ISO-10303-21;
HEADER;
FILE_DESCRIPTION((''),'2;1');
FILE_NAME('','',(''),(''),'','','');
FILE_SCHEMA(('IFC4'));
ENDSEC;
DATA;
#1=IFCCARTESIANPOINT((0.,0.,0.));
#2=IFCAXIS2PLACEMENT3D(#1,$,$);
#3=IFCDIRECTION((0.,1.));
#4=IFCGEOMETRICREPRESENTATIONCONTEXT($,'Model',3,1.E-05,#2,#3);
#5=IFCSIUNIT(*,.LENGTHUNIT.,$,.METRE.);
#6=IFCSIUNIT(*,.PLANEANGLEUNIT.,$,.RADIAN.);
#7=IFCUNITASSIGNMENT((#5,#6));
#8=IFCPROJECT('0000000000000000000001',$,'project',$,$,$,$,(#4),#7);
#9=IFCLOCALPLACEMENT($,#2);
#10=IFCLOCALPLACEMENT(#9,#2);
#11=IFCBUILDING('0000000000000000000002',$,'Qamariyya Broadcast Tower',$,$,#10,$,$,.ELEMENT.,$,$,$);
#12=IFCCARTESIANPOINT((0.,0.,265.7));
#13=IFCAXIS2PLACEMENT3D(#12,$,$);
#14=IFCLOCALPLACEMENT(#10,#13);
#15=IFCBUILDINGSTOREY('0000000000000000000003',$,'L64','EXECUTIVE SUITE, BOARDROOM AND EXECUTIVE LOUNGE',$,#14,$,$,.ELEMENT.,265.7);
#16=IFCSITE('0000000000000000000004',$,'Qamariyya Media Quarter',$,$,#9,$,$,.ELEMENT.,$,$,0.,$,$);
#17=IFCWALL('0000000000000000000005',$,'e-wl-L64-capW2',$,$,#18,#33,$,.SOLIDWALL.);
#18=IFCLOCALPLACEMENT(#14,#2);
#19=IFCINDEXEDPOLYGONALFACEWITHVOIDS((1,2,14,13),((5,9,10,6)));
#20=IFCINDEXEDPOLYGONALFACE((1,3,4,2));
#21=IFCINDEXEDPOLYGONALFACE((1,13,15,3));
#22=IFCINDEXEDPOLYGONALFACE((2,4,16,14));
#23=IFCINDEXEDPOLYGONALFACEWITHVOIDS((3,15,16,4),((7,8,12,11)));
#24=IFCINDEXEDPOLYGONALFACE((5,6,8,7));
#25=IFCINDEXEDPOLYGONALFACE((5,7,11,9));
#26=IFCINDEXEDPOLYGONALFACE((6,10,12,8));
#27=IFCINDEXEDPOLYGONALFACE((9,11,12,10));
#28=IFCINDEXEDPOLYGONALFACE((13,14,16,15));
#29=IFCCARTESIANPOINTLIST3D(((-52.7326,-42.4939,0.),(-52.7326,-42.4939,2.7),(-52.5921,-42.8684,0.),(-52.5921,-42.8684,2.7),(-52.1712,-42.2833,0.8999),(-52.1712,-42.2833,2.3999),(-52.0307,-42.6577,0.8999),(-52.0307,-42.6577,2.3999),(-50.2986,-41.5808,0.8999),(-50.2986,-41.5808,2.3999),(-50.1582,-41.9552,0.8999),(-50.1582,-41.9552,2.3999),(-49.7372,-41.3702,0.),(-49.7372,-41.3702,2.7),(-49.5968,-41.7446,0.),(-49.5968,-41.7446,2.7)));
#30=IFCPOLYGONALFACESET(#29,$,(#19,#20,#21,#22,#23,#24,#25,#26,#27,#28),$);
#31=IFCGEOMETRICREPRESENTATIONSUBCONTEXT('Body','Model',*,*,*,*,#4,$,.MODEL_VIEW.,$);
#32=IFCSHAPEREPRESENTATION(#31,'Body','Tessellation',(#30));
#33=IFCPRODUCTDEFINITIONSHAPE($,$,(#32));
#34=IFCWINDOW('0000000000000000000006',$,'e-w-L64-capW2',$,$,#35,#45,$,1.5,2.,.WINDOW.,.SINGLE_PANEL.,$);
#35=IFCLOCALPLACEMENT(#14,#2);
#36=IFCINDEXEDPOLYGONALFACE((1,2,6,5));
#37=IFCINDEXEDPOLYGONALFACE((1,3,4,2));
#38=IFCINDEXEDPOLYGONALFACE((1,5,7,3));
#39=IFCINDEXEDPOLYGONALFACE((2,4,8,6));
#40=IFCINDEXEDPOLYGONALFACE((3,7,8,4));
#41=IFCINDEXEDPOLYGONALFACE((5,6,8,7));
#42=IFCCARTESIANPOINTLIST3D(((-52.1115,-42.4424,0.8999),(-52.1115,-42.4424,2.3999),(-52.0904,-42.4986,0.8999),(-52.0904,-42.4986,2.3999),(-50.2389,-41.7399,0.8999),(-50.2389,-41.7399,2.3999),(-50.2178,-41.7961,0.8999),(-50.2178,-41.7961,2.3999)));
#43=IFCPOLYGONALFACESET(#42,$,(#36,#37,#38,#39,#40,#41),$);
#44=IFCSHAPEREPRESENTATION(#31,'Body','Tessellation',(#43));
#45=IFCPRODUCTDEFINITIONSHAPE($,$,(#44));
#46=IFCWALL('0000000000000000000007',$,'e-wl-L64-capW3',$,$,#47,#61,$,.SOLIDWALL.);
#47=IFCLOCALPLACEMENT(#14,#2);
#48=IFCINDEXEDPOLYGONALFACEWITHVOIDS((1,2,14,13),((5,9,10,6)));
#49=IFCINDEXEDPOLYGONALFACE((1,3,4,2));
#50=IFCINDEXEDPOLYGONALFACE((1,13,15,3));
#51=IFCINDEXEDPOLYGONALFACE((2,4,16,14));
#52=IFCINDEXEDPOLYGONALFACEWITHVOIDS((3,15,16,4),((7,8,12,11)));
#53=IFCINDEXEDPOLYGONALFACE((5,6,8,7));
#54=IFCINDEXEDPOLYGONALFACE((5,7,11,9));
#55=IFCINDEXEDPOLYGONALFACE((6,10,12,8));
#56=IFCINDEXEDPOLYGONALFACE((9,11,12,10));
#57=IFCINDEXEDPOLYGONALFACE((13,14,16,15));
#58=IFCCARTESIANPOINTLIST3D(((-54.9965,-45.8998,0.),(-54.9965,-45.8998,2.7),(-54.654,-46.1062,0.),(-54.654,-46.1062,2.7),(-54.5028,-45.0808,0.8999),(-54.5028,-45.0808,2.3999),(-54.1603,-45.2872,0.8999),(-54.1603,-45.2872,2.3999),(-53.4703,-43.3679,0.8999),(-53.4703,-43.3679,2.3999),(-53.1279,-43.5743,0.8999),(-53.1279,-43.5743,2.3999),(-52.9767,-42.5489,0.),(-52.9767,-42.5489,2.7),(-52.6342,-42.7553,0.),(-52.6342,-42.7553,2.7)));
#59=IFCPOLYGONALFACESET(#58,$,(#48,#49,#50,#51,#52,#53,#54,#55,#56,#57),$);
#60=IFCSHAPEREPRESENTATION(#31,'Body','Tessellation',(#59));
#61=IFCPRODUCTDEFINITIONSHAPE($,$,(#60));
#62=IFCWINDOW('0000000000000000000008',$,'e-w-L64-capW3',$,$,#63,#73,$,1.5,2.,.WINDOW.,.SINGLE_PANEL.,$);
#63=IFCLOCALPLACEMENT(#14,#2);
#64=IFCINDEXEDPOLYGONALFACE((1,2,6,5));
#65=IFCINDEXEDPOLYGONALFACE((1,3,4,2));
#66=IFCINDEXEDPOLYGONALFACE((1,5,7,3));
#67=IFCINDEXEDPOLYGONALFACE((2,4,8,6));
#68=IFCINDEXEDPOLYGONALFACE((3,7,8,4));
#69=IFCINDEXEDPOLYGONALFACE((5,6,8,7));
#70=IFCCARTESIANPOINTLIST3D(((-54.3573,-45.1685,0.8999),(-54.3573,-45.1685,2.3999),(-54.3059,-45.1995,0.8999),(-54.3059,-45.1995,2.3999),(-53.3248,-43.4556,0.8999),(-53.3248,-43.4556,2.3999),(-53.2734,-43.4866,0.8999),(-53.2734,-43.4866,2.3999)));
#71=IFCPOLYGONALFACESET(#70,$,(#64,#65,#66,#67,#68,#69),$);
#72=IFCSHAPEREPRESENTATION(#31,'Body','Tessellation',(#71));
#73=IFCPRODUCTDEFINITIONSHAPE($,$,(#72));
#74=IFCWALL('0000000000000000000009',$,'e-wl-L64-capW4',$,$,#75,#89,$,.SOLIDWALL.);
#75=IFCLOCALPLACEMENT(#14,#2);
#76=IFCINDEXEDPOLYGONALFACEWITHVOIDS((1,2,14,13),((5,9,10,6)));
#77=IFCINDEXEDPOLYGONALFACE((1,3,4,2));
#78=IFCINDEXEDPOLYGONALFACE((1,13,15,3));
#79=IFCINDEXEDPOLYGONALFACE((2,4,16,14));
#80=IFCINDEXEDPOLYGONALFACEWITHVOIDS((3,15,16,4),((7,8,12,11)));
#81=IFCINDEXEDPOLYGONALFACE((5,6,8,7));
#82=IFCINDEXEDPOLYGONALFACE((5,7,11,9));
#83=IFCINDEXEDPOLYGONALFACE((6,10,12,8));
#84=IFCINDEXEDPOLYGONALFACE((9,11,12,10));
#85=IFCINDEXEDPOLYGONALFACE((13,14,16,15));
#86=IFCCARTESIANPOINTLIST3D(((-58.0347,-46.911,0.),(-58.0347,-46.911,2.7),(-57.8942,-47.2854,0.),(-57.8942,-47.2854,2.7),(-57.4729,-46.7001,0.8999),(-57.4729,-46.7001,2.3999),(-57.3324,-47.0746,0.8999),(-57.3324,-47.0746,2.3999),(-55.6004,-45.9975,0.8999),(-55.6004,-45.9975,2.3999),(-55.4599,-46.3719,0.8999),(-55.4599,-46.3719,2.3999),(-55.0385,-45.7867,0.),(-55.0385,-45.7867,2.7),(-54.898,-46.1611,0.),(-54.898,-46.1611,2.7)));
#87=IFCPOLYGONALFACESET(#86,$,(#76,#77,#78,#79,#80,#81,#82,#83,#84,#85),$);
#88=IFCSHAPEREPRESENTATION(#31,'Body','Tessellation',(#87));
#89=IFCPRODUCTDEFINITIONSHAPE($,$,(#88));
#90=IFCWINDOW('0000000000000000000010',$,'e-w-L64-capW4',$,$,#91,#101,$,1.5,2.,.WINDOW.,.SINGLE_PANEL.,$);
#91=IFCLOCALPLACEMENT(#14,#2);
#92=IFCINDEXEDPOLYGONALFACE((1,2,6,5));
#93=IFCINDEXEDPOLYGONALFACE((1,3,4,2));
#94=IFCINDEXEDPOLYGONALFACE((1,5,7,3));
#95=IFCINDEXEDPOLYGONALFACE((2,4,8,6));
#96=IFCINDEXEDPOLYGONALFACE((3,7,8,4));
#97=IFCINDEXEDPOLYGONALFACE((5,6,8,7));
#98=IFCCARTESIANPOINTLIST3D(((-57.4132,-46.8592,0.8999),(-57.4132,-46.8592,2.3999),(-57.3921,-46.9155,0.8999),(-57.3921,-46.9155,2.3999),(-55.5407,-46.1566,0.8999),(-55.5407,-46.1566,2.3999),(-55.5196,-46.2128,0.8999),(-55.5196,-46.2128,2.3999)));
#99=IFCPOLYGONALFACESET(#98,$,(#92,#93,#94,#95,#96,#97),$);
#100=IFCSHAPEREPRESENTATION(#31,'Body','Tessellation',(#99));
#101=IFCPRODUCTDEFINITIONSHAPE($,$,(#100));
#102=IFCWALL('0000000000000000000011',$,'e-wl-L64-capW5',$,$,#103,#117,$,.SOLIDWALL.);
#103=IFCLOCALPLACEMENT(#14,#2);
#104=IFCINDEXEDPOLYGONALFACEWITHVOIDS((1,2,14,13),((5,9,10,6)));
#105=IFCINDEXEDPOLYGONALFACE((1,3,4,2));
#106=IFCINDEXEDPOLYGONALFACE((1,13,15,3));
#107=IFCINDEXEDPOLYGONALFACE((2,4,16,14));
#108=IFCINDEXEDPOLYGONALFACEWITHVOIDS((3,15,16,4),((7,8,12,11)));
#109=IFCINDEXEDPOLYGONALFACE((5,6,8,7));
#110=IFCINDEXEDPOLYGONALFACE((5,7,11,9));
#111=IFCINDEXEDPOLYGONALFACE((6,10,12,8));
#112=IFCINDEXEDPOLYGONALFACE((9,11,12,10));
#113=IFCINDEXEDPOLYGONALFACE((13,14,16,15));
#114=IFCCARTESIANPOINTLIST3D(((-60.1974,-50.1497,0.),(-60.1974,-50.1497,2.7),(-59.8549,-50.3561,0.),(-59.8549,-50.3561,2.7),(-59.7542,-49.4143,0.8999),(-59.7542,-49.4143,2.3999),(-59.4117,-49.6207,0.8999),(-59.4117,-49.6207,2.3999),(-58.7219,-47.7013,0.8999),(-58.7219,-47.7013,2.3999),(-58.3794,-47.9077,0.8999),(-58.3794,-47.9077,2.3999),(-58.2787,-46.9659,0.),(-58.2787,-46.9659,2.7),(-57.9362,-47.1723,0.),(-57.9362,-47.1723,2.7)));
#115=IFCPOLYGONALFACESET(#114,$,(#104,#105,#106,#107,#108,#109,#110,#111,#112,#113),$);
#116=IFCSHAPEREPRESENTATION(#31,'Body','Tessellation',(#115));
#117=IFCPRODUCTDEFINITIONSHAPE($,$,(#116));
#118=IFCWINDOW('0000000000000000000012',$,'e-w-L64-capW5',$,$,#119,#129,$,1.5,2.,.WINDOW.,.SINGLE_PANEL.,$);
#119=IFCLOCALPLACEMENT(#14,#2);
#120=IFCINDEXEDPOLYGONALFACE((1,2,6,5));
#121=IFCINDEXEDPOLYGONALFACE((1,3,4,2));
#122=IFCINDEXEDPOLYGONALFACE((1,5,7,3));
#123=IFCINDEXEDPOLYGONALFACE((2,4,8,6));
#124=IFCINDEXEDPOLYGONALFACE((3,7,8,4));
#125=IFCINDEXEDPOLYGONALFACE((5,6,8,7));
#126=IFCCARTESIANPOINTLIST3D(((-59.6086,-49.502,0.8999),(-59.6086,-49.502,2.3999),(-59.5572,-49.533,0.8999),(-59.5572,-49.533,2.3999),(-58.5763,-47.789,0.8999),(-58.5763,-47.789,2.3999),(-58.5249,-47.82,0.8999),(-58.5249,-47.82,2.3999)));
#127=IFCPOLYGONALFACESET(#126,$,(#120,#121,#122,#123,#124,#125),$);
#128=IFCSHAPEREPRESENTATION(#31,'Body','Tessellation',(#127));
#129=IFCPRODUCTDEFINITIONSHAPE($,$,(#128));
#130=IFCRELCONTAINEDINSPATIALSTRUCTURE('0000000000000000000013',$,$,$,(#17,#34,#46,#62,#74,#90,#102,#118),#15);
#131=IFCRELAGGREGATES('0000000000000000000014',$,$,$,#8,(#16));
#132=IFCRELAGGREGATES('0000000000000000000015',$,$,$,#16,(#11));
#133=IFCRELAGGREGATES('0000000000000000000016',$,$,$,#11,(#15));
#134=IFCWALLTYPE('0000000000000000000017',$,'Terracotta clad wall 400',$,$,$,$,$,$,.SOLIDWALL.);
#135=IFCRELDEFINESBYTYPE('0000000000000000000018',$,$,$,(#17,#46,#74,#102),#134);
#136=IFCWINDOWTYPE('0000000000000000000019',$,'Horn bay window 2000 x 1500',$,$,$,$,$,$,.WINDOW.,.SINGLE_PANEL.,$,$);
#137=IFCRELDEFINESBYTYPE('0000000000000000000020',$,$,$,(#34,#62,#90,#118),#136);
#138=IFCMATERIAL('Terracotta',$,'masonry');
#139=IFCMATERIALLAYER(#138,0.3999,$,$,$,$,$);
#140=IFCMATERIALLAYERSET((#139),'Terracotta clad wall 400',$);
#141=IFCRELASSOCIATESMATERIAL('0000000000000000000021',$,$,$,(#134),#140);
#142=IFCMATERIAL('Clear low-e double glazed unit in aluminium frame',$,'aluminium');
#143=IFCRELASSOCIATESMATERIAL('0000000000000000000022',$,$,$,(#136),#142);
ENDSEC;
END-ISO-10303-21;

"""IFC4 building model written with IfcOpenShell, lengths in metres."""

from ifc_helpers import new_model, si_unit, direction, frame, frame_2d, origin, place, context, subcontext, project, spatial, rectangle, extrude, material, layer, layer_set, type_object, element, fill, save


model = new_model("IFC4")

# Units and contexts
model_context = context("Model", 3, precision=1e-05, world=origin(), true_north=direction((0.0, 1.0)))
body_context = subcontext(model_context, "Body", "Model", "MODEL_VIEW")
ifc_project = project(units=[si_unit("LENGTHUNIT", "METRE"), si_unit("PLANEANGLEUNIT", "RADIAN")], contexts=[model_context])

# Site, building, storey
site_placement = place(None, origin())
site = spatial("IfcSite", under=ifc_project, at=site_placement, Name="Qamariyya Media Quarter", CompositionType="ELEMENT", RefElevation=0.0)
building_placement = place(site_placement, origin())
building = spatial("IfcBuilding", under=site, at=building_placement, Name="Qamariyya Broadcast Tower", CompositionType="ELEMENT")
storey_placement = place(building_placement, frame((0.0, 0.0, 265.7)))
storey = spatial("IfcBuildingStorey", under=building, at=storey_placement, Name="L64", Description="EXECUTIVE SUITE, BOARDROOM AND EXECUTIVE LOUNGE", CompositionType="ELEMENT", Elevation=265.7)

# Walls, openings, windows
ifc_material_1 = material(Name="Terracotta", Category="masonry")
ifc_layer_1 = layer(ifc_material_1, 0.3999)
ifc_layer_set_1 = layer_set([ifc_layer_1], Name="Terracotta clad wall 400")
wall_type_1 = type_object("IfcWallType", Name="Terracotta clad wall 400", PredefinedType="SOLIDWALL", material=ifc_layer_set_1)
ifc_material_2 = material(Name="Clear low-e double glazed unit in aluminium frame", Category="aluminium")
window_type = type_object("IfcWindowType", Name="Horn bay window 2000 x 1500", PartitioningType="SINGLE_PANEL", PredefinedType="WINDOW", material=ifc_material_2)
wall_1_placement = place(storey_placement, frame((-49.667, -41.5574, 0.0), z_axis=(0.0, 0.0, 1.0), x_axis=(-0.936276, -0.351266, 0.0)))
wall_1 = element("IfcWall", 1, at=wall_1_placement, inside=storey, type_object=wall_type_1, Name="e-wl-L64-capW2", PredefinedType="SOLIDWALL", context=body_context, shape_type="SweptSolid", body=[
    extrude(rectangle(XDim=3.1992, YDim=0.3999, at=frame_2d((1.5996, 0.0))), origin(), (0.0, 0.0, 1.0), 2.7),
])
opening_1_placement = place(wall_1_placement, frame((0.5996, 0.0, 0.8999)))
opening_1 = element("IfcOpeningElement", 2, at=opening_1_placement, cuts=wall_1, PredefinedType="OPENING", context=body_context, shape_type="SweptSolid", body=[
    extrude(rectangle(XDim=2.0, YDim=1.5, at=frame_2d((1.0, 0.75))), frame((0.0, 0.21, 0.0), z_axis=(0.0, -1.0, 0.0), x_axis=(1.0, 0.0, 0.0)), (0.0, 0.0, 1.0), 0.4199),
])
window_1_placement = place(opening_1_placement, origin())
window_1 = element("IfcWindow", 3, at=window_1_placement, inside=storey, type_object=window_type, Name="e-w-L64-capW2", OverallHeight=1.5, OverallWidth=2.0, PartitioningType="SINGLE_PANEL", PredefinedType="WINDOW", context=body_context, shape_type="SweptSolid", body=[
    extrude(rectangle(XDim=2.0, YDim=1.5, at=frame_2d((1.0, 0.75))), frame((0.0, 0.03, 0.0), z_axis=(0.0, -1.0, 0.0), x_axis=(1.0, 0.0, 0.0)), (0.0, 0.0, 1.0), 0.0601),
])
fill(opening_1, window_1)
wall_2_placement = place(storey_placement, frame((-52.8054, -42.6521, 0.0), z_axis=(0.0, 0.0, 1.0), x_axis=(-0.516238, -0.856445, 0.0)))
wall_2 = element("IfcWall", 4, at=wall_2_placement, inside=storey, type_object=wall_type_1, Name="e-wl-L64-capW3", PredefinedType="SOLIDWALL", context=body_context, shape_type="SweptSolid", body=[
    extrude(rectangle(XDim=3.9126, YDim=0.3999, at=frame_2d((1.9563, 0.0))), origin(), (0.0, 0.0, 1.0), 2.7),
])
opening_2_placement = place(wall_2_placement, frame((0.9563, 0.0, 0.8999)))
opening_2 = element("IfcOpeningElement", 5, at=opening_2_placement, cuts=wall_2, PredefinedType="OPENING", context=body_context, shape_type="SweptSolid", body=[
    extrude(rectangle(XDim=2.0, YDim=1.5, at=frame_2d((1.0, 0.75))), frame((0.0, 0.21, 0.0), z_axis=(0.0, -1.0, 0.0), x_axis=(1.0, 0.0, 0.0)), (0.0, 0.0, 1.0), 0.4199),
])
window_2_placement = place(opening_2_placement, origin())
window_2 = element("IfcWindow", 6, at=window_2_placement, inside=storey, type_object=window_type, Name="e-w-L64-capW3", OverallHeight=1.5, OverallWidth=2.0, PartitioningType="SINGLE_PANEL", PredefinedType="WINDOW", context=body_context, shape_type="SweptSolid", body=[
    extrude(rectangle(XDim=2.0, YDim=1.5, at=frame_2d((1.0, 0.75))), frame((0.0, 0.03, 0.0), z_axis=(0.0, -1.0, 0.0), x_axis=(1.0, 0.0, 0.0)), (0.0, 0.0, 1.0), 0.0601),
])
fill(opening_2, window_2)
wall_3_placement = place(storey_placement, frame((-54.9683, -45.9739, 0.0), z_axis=(0.0, 0.0, 1.0), x_axis=(-0.936254, -0.351324, 0.0)))
wall_3 = element("IfcWall", 7, at=wall_3_placement, inside=storey, type_object=wall_type_1, Name="e-wl-L64-capW4", PredefinedType="SOLIDWALL", context=body_context, shape_type="SweptSolid", body=[
    extrude(rectangle(XDim=3.2002, YDim=0.3999, at=frame_2d((1.6001, 0.0))), origin(), (0.0, 0.0, 1.0), 2.7),
])
opening_3_placement = place(wall_3_placement, frame((0.6001, 0.0, 0.8999)))
opening_3 = element("IfcOpeningElement", 8, at=opening_3_placement, cuts=wall_3, PredefinedType="OPENING", context=body_context, shape_type="SweptSolid", body=[
    extrude(rectangle(XDim=2.0, YDim=1.5, at=frame_2d((1.0, 0.75))), frame((0.0, 0.21, 0.0), z_axis=(0.0, -1.0, 0.0), x_axis=(1.0, 0.0, 0.0)), (0.0, 0.0, 1.0), 0.4199),
])
window_3_placement = place(opening_3_placement, origin())
window_3 = element("IfcWindow", 9, at=window_3_placement, inside=storey, type_object=window_type, Name="e-w-L64-capW4", OverallHeight=1.5, OverallWidth=2.0, PartitioningType="SINGLE_PANEL", PredefinedType="WINDOW", context=body_context, shape_type="SweptSolid", body=[
    extrude(rectangle(XDim=2.0, YDim=1.5, at=frame_2d((1.0, 0.75))), frame((0.0, 0.03, 0.0), z_axis=(0.0, -1.0, 0.0), x_axis=(1.0, 0.0, 0.0)), (0.0, 0.0, 1.0), 0.0601),
])
fill(opening_3, window_3)
wall_4_placement = place(storey_placement, frame((-58.1074, -47.0691, 0.0), z_axis=(0.0, 0.0, 1.0), x_axis=(-0.516156, -0.856495, 0.0)))
wall_4 = element("IfcWall", 10, at=wall_4_placement, inside=storey, type_object=wall_type_1, Name="e-wl-L64-capW5", PredefinedType="SOLIDWALL", context=body_context, shape_type="SweptSolid", body=[
    extrude(rectangle(XDim=3.7173, YDim=0.3999, at=frame_2d((1.8586, 0.0))), origin(), (0.0, 0.0, 1.0), 2.7),
])
opening_4_placement = place(wall_4_placement, frame((0.8586, 0.0, 0.8999)))
opening_4 = element("IfcOpeningElement", 11, at=opening_4_placement, cuts=wall_4, PredefinedType="OPENING", context=body_context, shape_type="SweptSolid", body=[
    extrude(rectangle(XDim=2.0, YDim=1.5, at=frame_2d((1.0, 0.75))), frame((0.0, 0.21, 0.0), z_axis=(0.0, -1.0, 0.0), x_axis=(1.0, 0.0, 0.0)), (0.0, 0.0, 1.0), 0.4199),
])
window_4_placement = place(opening_4_placement, origin())
window_4 = element("IfcWindow", 12, at=window_4_placement, inside=storey, type_object=window_type, Name="e-w-L64-capW5", OverallHeight=1.5, OverallWidth=2.0, PartitioningType="SINGLE_PANEL", PredefinedType="WINDOW", context=body_context, shape_type="SweptSolid", body=[
    extrude(rectangle(XDim=2.0, YDim=1.5, at=frame_2d((1.0, 0.75))), frame((0.0, 0.03, 0.0), z_axis=(0.0, -1.0, 0.0), x_axis=(1.0, 0.0, 0.0)), (0.0, 0.0, 1.0), 0.0601),
])
fill(opening_4, window_4)

save(model, "model.ifc")
